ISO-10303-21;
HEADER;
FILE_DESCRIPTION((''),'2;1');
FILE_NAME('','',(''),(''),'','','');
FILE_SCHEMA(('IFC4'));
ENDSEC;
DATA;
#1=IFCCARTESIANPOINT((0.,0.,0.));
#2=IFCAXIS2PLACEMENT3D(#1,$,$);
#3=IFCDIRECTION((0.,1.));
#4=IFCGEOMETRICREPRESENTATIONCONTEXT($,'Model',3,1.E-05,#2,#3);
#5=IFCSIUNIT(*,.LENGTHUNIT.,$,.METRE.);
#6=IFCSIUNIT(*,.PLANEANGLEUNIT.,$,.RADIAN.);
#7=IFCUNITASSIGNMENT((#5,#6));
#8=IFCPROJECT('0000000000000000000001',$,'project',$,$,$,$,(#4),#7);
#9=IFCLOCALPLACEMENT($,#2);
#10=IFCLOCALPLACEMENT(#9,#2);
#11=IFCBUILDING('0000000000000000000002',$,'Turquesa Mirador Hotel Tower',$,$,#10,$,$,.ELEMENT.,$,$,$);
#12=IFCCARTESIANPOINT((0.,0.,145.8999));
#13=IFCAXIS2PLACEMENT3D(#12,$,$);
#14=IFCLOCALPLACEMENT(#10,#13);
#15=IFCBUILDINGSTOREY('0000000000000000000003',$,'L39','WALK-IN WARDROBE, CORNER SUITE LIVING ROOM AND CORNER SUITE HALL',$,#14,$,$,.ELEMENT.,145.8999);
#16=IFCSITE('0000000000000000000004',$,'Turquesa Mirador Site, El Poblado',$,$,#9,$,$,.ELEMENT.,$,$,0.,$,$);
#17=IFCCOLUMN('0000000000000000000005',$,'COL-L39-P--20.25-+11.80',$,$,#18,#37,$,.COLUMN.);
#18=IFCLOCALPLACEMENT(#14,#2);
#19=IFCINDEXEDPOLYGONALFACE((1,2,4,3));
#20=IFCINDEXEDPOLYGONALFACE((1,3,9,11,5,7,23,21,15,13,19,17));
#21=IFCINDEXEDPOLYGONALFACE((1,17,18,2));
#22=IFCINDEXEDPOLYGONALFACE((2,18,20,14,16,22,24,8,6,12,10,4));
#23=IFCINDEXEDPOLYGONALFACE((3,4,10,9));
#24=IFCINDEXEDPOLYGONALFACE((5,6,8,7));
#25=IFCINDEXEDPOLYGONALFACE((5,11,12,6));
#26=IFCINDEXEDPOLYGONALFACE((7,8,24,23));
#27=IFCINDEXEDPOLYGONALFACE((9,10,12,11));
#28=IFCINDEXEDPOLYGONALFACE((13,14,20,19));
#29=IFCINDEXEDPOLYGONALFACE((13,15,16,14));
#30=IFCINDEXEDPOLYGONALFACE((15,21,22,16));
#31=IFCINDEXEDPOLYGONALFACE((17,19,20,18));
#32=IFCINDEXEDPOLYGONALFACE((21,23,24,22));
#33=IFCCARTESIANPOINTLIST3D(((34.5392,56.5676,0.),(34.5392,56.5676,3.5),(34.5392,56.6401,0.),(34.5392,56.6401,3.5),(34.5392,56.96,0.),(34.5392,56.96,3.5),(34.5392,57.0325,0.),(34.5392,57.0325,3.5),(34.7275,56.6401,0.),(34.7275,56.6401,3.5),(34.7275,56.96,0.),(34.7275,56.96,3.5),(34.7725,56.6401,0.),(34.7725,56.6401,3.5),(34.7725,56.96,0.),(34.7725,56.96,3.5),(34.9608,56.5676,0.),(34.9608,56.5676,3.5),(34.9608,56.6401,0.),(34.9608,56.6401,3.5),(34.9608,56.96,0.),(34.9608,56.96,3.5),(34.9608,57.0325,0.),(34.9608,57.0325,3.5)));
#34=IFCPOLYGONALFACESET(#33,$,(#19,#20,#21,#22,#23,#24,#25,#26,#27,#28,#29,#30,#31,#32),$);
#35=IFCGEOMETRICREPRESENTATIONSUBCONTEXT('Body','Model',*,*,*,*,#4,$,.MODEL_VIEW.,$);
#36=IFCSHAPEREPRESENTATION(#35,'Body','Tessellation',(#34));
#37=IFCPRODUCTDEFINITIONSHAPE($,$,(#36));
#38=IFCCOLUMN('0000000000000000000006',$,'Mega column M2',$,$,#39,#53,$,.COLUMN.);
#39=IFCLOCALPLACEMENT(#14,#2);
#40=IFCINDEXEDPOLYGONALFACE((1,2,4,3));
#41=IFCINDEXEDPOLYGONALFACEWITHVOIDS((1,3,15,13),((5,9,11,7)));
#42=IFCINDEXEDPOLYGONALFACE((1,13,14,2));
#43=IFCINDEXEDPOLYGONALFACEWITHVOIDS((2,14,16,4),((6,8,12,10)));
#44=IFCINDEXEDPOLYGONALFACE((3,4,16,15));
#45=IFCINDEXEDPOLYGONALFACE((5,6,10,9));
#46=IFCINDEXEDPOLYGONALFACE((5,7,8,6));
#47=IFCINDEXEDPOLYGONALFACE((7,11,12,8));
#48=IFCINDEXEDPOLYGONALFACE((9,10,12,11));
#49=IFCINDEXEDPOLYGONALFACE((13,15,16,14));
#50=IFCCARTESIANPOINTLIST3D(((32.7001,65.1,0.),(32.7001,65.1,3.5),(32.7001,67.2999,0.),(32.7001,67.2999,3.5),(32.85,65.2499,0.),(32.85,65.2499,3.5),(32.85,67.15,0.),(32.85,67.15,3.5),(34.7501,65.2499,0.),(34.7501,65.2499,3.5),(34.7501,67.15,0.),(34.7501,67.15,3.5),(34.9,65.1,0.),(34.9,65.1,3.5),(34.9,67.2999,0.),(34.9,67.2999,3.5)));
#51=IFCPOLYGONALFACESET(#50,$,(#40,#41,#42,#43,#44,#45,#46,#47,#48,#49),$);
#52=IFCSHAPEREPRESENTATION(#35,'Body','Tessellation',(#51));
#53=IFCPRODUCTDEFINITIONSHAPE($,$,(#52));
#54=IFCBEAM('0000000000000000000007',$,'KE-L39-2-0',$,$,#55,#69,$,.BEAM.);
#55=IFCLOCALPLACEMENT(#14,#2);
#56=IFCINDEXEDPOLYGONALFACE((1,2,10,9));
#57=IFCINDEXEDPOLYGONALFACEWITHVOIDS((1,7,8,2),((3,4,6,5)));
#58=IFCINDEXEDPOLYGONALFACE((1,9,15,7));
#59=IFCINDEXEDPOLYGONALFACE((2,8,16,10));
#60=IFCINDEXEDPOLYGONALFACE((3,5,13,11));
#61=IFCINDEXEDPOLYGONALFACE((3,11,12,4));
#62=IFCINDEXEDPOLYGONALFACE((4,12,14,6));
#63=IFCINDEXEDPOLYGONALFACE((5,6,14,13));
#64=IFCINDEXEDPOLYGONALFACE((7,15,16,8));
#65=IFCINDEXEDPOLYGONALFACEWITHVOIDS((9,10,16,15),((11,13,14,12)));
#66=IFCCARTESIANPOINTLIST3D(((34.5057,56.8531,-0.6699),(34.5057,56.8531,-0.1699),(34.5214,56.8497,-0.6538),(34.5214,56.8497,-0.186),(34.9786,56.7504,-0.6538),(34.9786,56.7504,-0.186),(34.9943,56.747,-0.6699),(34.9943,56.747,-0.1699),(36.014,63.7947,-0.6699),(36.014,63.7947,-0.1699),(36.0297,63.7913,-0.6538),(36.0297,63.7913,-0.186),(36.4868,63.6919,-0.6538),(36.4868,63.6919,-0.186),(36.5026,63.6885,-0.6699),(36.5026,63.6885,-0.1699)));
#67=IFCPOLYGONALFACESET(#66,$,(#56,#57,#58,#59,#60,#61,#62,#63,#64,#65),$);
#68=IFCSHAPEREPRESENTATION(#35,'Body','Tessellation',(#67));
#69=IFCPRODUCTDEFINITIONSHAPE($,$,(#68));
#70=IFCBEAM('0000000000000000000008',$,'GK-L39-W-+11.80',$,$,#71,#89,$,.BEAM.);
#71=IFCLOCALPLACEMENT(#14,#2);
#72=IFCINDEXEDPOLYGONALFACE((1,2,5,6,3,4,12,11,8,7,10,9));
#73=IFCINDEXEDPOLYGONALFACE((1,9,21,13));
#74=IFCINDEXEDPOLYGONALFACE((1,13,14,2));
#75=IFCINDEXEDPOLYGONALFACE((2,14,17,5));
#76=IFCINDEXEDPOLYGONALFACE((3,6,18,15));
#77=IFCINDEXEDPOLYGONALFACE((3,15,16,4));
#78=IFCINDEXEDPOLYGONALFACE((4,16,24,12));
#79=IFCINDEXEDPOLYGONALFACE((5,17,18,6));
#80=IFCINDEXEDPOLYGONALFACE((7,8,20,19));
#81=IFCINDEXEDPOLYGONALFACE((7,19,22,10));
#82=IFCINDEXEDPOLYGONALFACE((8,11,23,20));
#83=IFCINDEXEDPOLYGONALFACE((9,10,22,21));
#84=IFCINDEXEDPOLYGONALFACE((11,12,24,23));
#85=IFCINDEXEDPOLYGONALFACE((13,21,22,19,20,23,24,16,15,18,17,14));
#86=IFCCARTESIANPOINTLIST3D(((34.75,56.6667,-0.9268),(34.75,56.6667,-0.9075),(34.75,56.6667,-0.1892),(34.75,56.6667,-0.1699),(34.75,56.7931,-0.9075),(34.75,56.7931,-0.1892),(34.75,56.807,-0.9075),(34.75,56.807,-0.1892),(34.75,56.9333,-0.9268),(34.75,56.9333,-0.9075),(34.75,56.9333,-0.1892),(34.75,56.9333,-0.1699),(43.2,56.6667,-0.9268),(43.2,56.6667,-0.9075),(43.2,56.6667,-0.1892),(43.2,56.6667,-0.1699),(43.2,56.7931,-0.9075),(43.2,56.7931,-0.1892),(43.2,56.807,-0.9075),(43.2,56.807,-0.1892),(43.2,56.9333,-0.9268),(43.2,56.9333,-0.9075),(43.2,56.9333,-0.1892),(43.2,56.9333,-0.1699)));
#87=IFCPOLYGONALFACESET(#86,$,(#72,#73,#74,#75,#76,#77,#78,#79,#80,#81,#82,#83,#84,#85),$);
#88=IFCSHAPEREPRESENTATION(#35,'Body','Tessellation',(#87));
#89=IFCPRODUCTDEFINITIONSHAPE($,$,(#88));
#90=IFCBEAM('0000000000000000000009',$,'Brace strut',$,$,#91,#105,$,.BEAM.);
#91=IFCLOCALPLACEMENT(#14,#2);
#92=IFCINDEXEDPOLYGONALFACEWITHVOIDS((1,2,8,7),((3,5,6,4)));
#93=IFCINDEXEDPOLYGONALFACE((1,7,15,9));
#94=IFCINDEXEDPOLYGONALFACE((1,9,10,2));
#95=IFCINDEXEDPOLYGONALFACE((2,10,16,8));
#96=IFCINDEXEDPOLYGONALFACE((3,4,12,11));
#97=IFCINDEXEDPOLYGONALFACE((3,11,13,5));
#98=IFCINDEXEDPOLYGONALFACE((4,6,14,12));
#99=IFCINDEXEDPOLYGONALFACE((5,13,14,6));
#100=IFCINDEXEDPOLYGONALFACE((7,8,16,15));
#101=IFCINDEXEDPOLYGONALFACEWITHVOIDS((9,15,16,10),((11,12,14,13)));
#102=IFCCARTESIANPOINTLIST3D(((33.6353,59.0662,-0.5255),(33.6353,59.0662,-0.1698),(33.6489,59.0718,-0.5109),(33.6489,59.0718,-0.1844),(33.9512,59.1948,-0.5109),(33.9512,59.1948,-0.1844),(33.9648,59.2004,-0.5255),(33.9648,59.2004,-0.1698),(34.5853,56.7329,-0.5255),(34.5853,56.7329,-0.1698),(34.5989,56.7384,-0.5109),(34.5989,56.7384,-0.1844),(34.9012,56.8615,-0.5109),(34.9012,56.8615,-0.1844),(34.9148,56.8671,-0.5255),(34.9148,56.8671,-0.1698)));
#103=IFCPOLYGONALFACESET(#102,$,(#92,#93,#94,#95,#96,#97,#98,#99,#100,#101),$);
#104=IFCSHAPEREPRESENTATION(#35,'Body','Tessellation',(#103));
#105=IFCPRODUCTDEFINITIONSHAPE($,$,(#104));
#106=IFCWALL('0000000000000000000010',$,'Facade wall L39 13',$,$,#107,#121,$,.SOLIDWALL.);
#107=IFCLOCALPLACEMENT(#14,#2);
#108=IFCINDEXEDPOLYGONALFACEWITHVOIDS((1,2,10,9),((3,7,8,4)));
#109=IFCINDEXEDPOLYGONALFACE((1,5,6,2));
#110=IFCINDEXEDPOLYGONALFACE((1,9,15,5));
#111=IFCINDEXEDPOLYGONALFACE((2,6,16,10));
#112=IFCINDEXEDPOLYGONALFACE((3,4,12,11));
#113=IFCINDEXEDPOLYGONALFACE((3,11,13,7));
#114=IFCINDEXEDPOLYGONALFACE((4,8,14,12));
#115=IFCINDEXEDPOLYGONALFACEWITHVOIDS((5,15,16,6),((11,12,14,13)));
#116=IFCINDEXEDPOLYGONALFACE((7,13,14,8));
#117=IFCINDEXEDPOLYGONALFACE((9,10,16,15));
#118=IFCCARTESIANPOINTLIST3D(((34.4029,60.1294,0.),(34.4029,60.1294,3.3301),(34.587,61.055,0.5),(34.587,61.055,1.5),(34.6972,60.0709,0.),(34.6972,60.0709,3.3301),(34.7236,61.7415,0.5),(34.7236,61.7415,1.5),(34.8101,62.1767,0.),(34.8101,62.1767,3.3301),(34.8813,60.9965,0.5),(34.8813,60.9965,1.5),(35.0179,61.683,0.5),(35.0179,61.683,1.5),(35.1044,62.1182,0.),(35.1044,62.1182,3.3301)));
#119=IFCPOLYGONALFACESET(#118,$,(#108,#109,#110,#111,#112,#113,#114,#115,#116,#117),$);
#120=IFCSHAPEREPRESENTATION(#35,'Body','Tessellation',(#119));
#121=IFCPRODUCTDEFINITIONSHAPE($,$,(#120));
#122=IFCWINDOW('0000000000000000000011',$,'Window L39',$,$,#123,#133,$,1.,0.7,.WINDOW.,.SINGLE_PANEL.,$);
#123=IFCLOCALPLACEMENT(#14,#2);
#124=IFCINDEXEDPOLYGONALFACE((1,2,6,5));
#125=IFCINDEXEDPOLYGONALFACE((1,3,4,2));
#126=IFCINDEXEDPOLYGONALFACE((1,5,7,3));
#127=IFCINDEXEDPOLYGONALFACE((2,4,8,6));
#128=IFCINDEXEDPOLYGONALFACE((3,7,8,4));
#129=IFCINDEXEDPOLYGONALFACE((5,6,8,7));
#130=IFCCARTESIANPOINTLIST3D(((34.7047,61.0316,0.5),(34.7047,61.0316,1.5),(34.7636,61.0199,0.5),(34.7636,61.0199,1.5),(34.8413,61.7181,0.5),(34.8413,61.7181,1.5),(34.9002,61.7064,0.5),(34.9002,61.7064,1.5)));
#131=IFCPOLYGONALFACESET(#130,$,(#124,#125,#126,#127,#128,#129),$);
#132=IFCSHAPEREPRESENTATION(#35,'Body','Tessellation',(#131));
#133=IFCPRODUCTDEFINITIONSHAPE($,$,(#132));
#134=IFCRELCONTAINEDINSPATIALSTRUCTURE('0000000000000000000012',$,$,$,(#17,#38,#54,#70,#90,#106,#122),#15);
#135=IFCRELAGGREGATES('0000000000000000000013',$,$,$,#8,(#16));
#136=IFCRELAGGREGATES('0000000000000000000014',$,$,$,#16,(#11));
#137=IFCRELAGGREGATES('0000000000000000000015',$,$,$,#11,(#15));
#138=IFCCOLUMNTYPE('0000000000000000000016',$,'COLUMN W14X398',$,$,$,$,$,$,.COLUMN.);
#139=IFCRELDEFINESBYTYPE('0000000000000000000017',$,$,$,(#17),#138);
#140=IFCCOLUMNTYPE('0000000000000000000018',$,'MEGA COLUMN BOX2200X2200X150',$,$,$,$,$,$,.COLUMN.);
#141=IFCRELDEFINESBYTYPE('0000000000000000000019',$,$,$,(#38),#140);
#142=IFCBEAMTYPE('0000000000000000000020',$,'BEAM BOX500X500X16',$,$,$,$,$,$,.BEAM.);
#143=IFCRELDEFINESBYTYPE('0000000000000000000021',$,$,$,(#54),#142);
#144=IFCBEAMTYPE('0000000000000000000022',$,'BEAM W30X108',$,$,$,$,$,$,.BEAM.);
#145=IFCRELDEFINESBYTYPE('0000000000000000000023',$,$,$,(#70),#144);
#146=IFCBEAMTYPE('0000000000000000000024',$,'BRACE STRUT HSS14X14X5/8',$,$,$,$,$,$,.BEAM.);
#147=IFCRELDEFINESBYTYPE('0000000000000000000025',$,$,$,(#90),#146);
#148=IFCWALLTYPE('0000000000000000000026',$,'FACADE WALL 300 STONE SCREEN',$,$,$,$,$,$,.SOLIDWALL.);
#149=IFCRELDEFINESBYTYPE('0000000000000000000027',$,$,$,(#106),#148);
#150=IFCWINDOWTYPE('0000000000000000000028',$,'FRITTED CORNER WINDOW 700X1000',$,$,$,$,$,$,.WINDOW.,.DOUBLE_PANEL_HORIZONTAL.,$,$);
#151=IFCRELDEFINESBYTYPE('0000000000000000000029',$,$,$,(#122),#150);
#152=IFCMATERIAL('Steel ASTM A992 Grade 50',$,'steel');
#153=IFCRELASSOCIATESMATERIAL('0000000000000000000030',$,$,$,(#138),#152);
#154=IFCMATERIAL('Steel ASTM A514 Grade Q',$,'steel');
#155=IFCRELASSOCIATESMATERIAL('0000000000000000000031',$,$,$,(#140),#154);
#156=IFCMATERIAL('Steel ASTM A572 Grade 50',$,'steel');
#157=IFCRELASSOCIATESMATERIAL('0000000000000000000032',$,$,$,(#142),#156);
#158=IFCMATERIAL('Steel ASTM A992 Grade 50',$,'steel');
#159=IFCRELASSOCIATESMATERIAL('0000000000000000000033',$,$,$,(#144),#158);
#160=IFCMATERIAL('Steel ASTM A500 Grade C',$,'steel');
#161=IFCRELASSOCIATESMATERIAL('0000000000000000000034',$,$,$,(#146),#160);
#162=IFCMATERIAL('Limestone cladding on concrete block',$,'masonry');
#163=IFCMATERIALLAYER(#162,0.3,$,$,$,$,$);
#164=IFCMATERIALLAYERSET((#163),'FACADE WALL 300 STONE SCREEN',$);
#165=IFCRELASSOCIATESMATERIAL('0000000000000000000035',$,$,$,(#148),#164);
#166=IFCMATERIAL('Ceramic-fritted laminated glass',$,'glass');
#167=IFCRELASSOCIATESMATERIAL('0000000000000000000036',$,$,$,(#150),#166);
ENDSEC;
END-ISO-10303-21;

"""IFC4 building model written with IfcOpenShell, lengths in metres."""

from ifc_helpers import new_model, si_unit, direction, frame, frame_2d, origin, origin_2d, place, context, subcontext, project, spatial, rectangle, hollow_rectangle, i_section, extrude, material, layer, layer_set, material_profile, profile_set, type_object, element, fill, save


model = new_model("IFC4")

# Units and contexts
model_context = context("Model", 3, precision=1e-05, world=origin(), true_north=direction((0.0, 1.0)))
body_context = subcontext(model_context, "Body", "Model", "MODEL_VIEW")
ifc_project = project(units=[si_unit("LENGTHUNIT", "METRE"), si_unit("PLANEANGLEUNIT", "RADIAN")], contexts=[model_context])

# Site, building, storey
site_placement = place(None, origin())
site = spatial("IfcSite", under=ifc_project, at=site_placement, Name="Turquesa Mirador Site, El Poblado", CompositionType="ELEMENT", RefElevation=0.0)
building_placement = place(site_placement, origin())
building = spatial("IfcBuilding", under=site, at=building_placement, Name="Turquesa Mirador Hotel Tower", CompositionType="ELEMENT")
storey_placement = place(building_placement, frame((0.0, 0.0, 145.8999)))
storey = spatial("IfcBuildingStorey", under=building, at=storey_placement, Name="L39", Description="WALK-IN WARDROBE, CORNER SUITE LIVING ROOM AND CORNER SUITE HALL", CompositionType="ELEMENT", Elevation=145.8999)

# Columns
ifc_material_1 = material(Name="Steel ASTM A992 Grade 50", Category="steel")
ifc_material_profile_1 = material_profile(ifc_material_1, i_section(OverallWidth=0.4216, OverallDepth=0.4648, WebThickness=0.0449, FlangeThickness=0.0725, at=origin_2d()), Name="W14X398")
ifc_profile_set_1 = profile_set([ifc_material_profile_1], Name="Steel ASTM A992 Grade 50")
column_type_1 = type_object("IfcColumnType", Name="COLUMN W14X398", PredefinedType="COLUMN", material=ifc_profile_set_1)
column_1_placement = place(storey_placement, frame((34.75, 56.8, 0.0), z_axis=(0.0, 0.0, 1.0), x_axis=(1.0, 0.0, 0.0)))
element("IfcColumn", 1, at=column_1_placement, inside=storey, type_object=column_type_1, Name="COL-L39-P--20.25-+11.80", PredefinedType="COLUMN", context=body_context, shape_type="SweptSolid", body=[
    extrude(i_section(OverallWidth=0.4216, OverallDepth=0.4648, WebThickness=0.0449, FlangeThickness=0.0725, at=origin_2d()), origin(), (0.0, 0.0, 1.0), 3.5),
])
ifc_material_2 = material(Name="Steel ASTM A514 Grade Q", Category="steel")
ifc_material_profile_2 = material_profile(ifc_material_2, hollow_rectangle(XDim=2.2, YDim=2.2, WallThickness=0.1499, at=origin_2d()), Name="BOX2200X2200X150")
ifc_profile_set_2 = profile_set([ifc_material_profile_2], Name="Steel ASTM A514 Grade Q")
column_type_2 = type_object("IfcColumnType", Name="MEGA COLUMN BOX2200X2200X150", PredefinedType="COLUMN", material=ifc_profile_set_2)
column_2_placement = place(storey_placement, frame((33.8, 66.2, 0.0), z_axis=(0.0, 0.0, 1.0), x_axis=(1.0, 0.0, 0.0)))
element("IfcColumn", 2, at=column_2_placement, inside=storey, type_object=column_type_2, Name="Mega column M2", PredefinedType="COLUMN", context=body_context, shape_type="SweptSolid", body=[
    extrude(hollow_rectangle(XDim=2.2, YDim=2.2, WallThickness=0.1499, at=origin_2d()), origin(), (0.0, 0.0, 1.0), 3.5),
])

# Beams
ifc_material_3 = material(Name="Steel ASTM A572 Grade 50", Category="steel")
ifc_material_profile_3 = material_profile(ifc_material_3, hollow_rectangle(XDim=0.5, YDim=0.5, WallThickness=0.0161, at=origin_2d()), Name="BOX500X500X16")
ifc_profile_set_3 = profile_set([ifc_material_profile_3], Name="Steel ASTM A572 Grade 50")
beam_type_1 = type_object("IfcBeamType", Name="BEAM BOX500X500X16", PredefinedType="BEAM", material=ifc_profile_set_3)
beam_1_placement = place(storey_placement, frame((34.75, 56.8, -0.4199), z_axis=(0.212328, 0.977198, 0.0), x_axis=(-0.977198, 0.212328, 0.0)))
element("IfcBeam", 3, at=beam_1_placement, inside=storey, type_object=beam_type_1, Name="KE-L39-2-0", PredefinedType="BEAM", context=body_context, shape_type="SweptSolid", body=[
    extrude(hollow_rectangle(XDim=0.5, YDim=0.5, WallThickness=0.0161, at=origin_2d()), origin(), (0.0, 0.0, 1.0), 7.1035),
])
ifc_material_4 = material(Name="Steel ASTM A992 Grade 50", Category="steel")
ifc_material_profile_4 = material_profile(ifc_material_4, i_section(OverallWidth=0.2666, OverallDepth=0.7568, WebThickness=0.0139, FlangeThickness=0.0193, at=origin_2d()), Name="W30X108")
ifc_profile_set_4 = profile_set([ifc_material_profile_4], Name="Steel ASTM A992 Grade 50")
beam_type_2 = type_object("IfcBeamType", Name="BEAM W30X108", PredefinedType="BEAM", material=ifc_profile_set_4)
beam_2_placement = place(storey_placement, frame((34.75, 56.8, -0.5483), z_axis=(1.0, 0.0, 0.0), x_axis=(0.0, 1.0, 0.0)))
element("IfcBeam", 4, at=beam_2_placement, inside=storey, type_object=beam_type_2, Name="GK-L39-W-+11.80", PredefinedType="BEAM", context=body_context, shape_type="SweptSolid", body=[
    extrude(i_section(OverallWidth=0.2666, OverallDepth=0.7568, WebThickness=0.0139, FlangeThickness=0.0193, at=origin_2d()), origin(), (0.0, 0.0, 1.0), 8.45),
])
ifc_material_5 = material(Name="Steel ASTM A500 Grade C", Category="steel")
ifc_material_profile_5 = material_profile(ifc_material_5, hollow_rectangle(XDim=0.3557, YDim=0.3557, WallThickness=0.0146, at=origin_2d()), Name="HSS14X14X5/8")
ifc_profile_set_5 = profile_set([ifc_material_profile_5], Name="Steel ASTM A500 Grade C")
beam_type_3 = type_object("IfcBeamType", Name="BRACE STRUT HSS14X14X5/8", PredefinedType="BEAM", material=ifc_profile_set_5)
beam_3_placement = place(storey_placement, frame((33.8, 59.1333, -0.3477), z_axis=(0.377081, -0.92618, 0.0), x_axis=(0.92618, 0.377081, 0.0)))
element("IfcBeam", 5, at=beam_3_placement, inside=storey, type_object=beam_type_3, Name="Brace strut", PredefinedType="BEAM", context=body_context, shape_type="SweptSolid", body=[
    extrude(hollow_rectangle(XDim=0.3557, YDim=0.3557, WallThickness=0.0146, at=origin_2d()), origin(), (0.0, 0.0, 1.0), 2.5193),
])

# Wall, opening, window
ifc_material_6 = material(Name="Limestone cladding on concrete block", Category="masonry")
ifc_layer_1 = layer(ifc_material_6, 0.3)
ifc_layer_set_1 = layer_set([ifc_layer_1], Name="FACADE WALL 300 STONE SCREEN")
wall_type_1 = type_object("IfcWallType", Name="FACADE WALL 300 STONE SCREEN", PredefinedType="SOLIDWALL", material=ifc_layer_set_1)
wall_1_placement = place(storey_placement, frame((34.9573, 62.1475, 0.0), z_axis=(0.0, 0.0, 1.0), x_axis=(-0.195081, -0.980787, 0.0)))
wall_1 = element("IfcWall", 6, at=wall_1_placement, inside=storey, type_object=wall_type_1, Name="Facade wall L39 13", PredefinedType="SOLIDWALL", context=body_context, shape_type="SweptSolid", body=[
    extrude(rectangle(XDim=2.0874, YDim=0.3, at=frame_2d((1.0437, 0.0))), origin(), (0.0, 0.0, 1.0), 3.3301),
])
opening_1_placement = place(wall_1_placement, frame((0.4436, 0.0, 0.5)))
opening_1 = element("IfcOpeningElement", 7, at=opening_1_placement, cuts=wall_1, PredefinedType="OPENING", context=body_context, shape_type="SweptSolid", body=[
    extrude(rectangle(XDim=0.7, YDim=1.0, at=frame_2d((0.3501, 0.5))), frame((0.0, 0.1599, 0.0), z_axis=(0.0, -1.0, 0.0), x_axis=(1.0, 0.0, 0.0)), (0.0, 0.0, 1.0), 0.3201),
])
ifc_material_7 = material(Name="Ceramic-fritted laminated glass", Category="glass")
window_type_1 = type_object("IfcWindowType", Name="FRITTED CORNER WINDOW 700X1000", PartitioningType="DOUBLE_PANEL_HORIZONTAL", PredefinedType="WINDOW", material=ifc_material_7)
window_1_placement = place(opening_1_placement, origin())
window_1 = element("IfcWindow", 8, at=window_1_placement, inside=storey, type_object=window_type_1, Name="Window L39", OverallHeight=1.0, OverallWidth=0.7, PartitioningType="SINGLE_PANEL", PredefinedType="WINDOW", context=body_context, shape_type="SweptSolid", body=[
    extrude(rectangle(XDim=0.7, YDim=1.0, at=frame_2d((0.3501, 0.5))), frame((0.0, 0.03, 0.0), z_axis=(0.0, -1.0, 0.0), x_axis=(1.0, 0.0, 0.0)), (0.0, 0.0, 1.0), 0.0601),
])
fill(opening_1, window_1)

save(model, "model.ifc")
